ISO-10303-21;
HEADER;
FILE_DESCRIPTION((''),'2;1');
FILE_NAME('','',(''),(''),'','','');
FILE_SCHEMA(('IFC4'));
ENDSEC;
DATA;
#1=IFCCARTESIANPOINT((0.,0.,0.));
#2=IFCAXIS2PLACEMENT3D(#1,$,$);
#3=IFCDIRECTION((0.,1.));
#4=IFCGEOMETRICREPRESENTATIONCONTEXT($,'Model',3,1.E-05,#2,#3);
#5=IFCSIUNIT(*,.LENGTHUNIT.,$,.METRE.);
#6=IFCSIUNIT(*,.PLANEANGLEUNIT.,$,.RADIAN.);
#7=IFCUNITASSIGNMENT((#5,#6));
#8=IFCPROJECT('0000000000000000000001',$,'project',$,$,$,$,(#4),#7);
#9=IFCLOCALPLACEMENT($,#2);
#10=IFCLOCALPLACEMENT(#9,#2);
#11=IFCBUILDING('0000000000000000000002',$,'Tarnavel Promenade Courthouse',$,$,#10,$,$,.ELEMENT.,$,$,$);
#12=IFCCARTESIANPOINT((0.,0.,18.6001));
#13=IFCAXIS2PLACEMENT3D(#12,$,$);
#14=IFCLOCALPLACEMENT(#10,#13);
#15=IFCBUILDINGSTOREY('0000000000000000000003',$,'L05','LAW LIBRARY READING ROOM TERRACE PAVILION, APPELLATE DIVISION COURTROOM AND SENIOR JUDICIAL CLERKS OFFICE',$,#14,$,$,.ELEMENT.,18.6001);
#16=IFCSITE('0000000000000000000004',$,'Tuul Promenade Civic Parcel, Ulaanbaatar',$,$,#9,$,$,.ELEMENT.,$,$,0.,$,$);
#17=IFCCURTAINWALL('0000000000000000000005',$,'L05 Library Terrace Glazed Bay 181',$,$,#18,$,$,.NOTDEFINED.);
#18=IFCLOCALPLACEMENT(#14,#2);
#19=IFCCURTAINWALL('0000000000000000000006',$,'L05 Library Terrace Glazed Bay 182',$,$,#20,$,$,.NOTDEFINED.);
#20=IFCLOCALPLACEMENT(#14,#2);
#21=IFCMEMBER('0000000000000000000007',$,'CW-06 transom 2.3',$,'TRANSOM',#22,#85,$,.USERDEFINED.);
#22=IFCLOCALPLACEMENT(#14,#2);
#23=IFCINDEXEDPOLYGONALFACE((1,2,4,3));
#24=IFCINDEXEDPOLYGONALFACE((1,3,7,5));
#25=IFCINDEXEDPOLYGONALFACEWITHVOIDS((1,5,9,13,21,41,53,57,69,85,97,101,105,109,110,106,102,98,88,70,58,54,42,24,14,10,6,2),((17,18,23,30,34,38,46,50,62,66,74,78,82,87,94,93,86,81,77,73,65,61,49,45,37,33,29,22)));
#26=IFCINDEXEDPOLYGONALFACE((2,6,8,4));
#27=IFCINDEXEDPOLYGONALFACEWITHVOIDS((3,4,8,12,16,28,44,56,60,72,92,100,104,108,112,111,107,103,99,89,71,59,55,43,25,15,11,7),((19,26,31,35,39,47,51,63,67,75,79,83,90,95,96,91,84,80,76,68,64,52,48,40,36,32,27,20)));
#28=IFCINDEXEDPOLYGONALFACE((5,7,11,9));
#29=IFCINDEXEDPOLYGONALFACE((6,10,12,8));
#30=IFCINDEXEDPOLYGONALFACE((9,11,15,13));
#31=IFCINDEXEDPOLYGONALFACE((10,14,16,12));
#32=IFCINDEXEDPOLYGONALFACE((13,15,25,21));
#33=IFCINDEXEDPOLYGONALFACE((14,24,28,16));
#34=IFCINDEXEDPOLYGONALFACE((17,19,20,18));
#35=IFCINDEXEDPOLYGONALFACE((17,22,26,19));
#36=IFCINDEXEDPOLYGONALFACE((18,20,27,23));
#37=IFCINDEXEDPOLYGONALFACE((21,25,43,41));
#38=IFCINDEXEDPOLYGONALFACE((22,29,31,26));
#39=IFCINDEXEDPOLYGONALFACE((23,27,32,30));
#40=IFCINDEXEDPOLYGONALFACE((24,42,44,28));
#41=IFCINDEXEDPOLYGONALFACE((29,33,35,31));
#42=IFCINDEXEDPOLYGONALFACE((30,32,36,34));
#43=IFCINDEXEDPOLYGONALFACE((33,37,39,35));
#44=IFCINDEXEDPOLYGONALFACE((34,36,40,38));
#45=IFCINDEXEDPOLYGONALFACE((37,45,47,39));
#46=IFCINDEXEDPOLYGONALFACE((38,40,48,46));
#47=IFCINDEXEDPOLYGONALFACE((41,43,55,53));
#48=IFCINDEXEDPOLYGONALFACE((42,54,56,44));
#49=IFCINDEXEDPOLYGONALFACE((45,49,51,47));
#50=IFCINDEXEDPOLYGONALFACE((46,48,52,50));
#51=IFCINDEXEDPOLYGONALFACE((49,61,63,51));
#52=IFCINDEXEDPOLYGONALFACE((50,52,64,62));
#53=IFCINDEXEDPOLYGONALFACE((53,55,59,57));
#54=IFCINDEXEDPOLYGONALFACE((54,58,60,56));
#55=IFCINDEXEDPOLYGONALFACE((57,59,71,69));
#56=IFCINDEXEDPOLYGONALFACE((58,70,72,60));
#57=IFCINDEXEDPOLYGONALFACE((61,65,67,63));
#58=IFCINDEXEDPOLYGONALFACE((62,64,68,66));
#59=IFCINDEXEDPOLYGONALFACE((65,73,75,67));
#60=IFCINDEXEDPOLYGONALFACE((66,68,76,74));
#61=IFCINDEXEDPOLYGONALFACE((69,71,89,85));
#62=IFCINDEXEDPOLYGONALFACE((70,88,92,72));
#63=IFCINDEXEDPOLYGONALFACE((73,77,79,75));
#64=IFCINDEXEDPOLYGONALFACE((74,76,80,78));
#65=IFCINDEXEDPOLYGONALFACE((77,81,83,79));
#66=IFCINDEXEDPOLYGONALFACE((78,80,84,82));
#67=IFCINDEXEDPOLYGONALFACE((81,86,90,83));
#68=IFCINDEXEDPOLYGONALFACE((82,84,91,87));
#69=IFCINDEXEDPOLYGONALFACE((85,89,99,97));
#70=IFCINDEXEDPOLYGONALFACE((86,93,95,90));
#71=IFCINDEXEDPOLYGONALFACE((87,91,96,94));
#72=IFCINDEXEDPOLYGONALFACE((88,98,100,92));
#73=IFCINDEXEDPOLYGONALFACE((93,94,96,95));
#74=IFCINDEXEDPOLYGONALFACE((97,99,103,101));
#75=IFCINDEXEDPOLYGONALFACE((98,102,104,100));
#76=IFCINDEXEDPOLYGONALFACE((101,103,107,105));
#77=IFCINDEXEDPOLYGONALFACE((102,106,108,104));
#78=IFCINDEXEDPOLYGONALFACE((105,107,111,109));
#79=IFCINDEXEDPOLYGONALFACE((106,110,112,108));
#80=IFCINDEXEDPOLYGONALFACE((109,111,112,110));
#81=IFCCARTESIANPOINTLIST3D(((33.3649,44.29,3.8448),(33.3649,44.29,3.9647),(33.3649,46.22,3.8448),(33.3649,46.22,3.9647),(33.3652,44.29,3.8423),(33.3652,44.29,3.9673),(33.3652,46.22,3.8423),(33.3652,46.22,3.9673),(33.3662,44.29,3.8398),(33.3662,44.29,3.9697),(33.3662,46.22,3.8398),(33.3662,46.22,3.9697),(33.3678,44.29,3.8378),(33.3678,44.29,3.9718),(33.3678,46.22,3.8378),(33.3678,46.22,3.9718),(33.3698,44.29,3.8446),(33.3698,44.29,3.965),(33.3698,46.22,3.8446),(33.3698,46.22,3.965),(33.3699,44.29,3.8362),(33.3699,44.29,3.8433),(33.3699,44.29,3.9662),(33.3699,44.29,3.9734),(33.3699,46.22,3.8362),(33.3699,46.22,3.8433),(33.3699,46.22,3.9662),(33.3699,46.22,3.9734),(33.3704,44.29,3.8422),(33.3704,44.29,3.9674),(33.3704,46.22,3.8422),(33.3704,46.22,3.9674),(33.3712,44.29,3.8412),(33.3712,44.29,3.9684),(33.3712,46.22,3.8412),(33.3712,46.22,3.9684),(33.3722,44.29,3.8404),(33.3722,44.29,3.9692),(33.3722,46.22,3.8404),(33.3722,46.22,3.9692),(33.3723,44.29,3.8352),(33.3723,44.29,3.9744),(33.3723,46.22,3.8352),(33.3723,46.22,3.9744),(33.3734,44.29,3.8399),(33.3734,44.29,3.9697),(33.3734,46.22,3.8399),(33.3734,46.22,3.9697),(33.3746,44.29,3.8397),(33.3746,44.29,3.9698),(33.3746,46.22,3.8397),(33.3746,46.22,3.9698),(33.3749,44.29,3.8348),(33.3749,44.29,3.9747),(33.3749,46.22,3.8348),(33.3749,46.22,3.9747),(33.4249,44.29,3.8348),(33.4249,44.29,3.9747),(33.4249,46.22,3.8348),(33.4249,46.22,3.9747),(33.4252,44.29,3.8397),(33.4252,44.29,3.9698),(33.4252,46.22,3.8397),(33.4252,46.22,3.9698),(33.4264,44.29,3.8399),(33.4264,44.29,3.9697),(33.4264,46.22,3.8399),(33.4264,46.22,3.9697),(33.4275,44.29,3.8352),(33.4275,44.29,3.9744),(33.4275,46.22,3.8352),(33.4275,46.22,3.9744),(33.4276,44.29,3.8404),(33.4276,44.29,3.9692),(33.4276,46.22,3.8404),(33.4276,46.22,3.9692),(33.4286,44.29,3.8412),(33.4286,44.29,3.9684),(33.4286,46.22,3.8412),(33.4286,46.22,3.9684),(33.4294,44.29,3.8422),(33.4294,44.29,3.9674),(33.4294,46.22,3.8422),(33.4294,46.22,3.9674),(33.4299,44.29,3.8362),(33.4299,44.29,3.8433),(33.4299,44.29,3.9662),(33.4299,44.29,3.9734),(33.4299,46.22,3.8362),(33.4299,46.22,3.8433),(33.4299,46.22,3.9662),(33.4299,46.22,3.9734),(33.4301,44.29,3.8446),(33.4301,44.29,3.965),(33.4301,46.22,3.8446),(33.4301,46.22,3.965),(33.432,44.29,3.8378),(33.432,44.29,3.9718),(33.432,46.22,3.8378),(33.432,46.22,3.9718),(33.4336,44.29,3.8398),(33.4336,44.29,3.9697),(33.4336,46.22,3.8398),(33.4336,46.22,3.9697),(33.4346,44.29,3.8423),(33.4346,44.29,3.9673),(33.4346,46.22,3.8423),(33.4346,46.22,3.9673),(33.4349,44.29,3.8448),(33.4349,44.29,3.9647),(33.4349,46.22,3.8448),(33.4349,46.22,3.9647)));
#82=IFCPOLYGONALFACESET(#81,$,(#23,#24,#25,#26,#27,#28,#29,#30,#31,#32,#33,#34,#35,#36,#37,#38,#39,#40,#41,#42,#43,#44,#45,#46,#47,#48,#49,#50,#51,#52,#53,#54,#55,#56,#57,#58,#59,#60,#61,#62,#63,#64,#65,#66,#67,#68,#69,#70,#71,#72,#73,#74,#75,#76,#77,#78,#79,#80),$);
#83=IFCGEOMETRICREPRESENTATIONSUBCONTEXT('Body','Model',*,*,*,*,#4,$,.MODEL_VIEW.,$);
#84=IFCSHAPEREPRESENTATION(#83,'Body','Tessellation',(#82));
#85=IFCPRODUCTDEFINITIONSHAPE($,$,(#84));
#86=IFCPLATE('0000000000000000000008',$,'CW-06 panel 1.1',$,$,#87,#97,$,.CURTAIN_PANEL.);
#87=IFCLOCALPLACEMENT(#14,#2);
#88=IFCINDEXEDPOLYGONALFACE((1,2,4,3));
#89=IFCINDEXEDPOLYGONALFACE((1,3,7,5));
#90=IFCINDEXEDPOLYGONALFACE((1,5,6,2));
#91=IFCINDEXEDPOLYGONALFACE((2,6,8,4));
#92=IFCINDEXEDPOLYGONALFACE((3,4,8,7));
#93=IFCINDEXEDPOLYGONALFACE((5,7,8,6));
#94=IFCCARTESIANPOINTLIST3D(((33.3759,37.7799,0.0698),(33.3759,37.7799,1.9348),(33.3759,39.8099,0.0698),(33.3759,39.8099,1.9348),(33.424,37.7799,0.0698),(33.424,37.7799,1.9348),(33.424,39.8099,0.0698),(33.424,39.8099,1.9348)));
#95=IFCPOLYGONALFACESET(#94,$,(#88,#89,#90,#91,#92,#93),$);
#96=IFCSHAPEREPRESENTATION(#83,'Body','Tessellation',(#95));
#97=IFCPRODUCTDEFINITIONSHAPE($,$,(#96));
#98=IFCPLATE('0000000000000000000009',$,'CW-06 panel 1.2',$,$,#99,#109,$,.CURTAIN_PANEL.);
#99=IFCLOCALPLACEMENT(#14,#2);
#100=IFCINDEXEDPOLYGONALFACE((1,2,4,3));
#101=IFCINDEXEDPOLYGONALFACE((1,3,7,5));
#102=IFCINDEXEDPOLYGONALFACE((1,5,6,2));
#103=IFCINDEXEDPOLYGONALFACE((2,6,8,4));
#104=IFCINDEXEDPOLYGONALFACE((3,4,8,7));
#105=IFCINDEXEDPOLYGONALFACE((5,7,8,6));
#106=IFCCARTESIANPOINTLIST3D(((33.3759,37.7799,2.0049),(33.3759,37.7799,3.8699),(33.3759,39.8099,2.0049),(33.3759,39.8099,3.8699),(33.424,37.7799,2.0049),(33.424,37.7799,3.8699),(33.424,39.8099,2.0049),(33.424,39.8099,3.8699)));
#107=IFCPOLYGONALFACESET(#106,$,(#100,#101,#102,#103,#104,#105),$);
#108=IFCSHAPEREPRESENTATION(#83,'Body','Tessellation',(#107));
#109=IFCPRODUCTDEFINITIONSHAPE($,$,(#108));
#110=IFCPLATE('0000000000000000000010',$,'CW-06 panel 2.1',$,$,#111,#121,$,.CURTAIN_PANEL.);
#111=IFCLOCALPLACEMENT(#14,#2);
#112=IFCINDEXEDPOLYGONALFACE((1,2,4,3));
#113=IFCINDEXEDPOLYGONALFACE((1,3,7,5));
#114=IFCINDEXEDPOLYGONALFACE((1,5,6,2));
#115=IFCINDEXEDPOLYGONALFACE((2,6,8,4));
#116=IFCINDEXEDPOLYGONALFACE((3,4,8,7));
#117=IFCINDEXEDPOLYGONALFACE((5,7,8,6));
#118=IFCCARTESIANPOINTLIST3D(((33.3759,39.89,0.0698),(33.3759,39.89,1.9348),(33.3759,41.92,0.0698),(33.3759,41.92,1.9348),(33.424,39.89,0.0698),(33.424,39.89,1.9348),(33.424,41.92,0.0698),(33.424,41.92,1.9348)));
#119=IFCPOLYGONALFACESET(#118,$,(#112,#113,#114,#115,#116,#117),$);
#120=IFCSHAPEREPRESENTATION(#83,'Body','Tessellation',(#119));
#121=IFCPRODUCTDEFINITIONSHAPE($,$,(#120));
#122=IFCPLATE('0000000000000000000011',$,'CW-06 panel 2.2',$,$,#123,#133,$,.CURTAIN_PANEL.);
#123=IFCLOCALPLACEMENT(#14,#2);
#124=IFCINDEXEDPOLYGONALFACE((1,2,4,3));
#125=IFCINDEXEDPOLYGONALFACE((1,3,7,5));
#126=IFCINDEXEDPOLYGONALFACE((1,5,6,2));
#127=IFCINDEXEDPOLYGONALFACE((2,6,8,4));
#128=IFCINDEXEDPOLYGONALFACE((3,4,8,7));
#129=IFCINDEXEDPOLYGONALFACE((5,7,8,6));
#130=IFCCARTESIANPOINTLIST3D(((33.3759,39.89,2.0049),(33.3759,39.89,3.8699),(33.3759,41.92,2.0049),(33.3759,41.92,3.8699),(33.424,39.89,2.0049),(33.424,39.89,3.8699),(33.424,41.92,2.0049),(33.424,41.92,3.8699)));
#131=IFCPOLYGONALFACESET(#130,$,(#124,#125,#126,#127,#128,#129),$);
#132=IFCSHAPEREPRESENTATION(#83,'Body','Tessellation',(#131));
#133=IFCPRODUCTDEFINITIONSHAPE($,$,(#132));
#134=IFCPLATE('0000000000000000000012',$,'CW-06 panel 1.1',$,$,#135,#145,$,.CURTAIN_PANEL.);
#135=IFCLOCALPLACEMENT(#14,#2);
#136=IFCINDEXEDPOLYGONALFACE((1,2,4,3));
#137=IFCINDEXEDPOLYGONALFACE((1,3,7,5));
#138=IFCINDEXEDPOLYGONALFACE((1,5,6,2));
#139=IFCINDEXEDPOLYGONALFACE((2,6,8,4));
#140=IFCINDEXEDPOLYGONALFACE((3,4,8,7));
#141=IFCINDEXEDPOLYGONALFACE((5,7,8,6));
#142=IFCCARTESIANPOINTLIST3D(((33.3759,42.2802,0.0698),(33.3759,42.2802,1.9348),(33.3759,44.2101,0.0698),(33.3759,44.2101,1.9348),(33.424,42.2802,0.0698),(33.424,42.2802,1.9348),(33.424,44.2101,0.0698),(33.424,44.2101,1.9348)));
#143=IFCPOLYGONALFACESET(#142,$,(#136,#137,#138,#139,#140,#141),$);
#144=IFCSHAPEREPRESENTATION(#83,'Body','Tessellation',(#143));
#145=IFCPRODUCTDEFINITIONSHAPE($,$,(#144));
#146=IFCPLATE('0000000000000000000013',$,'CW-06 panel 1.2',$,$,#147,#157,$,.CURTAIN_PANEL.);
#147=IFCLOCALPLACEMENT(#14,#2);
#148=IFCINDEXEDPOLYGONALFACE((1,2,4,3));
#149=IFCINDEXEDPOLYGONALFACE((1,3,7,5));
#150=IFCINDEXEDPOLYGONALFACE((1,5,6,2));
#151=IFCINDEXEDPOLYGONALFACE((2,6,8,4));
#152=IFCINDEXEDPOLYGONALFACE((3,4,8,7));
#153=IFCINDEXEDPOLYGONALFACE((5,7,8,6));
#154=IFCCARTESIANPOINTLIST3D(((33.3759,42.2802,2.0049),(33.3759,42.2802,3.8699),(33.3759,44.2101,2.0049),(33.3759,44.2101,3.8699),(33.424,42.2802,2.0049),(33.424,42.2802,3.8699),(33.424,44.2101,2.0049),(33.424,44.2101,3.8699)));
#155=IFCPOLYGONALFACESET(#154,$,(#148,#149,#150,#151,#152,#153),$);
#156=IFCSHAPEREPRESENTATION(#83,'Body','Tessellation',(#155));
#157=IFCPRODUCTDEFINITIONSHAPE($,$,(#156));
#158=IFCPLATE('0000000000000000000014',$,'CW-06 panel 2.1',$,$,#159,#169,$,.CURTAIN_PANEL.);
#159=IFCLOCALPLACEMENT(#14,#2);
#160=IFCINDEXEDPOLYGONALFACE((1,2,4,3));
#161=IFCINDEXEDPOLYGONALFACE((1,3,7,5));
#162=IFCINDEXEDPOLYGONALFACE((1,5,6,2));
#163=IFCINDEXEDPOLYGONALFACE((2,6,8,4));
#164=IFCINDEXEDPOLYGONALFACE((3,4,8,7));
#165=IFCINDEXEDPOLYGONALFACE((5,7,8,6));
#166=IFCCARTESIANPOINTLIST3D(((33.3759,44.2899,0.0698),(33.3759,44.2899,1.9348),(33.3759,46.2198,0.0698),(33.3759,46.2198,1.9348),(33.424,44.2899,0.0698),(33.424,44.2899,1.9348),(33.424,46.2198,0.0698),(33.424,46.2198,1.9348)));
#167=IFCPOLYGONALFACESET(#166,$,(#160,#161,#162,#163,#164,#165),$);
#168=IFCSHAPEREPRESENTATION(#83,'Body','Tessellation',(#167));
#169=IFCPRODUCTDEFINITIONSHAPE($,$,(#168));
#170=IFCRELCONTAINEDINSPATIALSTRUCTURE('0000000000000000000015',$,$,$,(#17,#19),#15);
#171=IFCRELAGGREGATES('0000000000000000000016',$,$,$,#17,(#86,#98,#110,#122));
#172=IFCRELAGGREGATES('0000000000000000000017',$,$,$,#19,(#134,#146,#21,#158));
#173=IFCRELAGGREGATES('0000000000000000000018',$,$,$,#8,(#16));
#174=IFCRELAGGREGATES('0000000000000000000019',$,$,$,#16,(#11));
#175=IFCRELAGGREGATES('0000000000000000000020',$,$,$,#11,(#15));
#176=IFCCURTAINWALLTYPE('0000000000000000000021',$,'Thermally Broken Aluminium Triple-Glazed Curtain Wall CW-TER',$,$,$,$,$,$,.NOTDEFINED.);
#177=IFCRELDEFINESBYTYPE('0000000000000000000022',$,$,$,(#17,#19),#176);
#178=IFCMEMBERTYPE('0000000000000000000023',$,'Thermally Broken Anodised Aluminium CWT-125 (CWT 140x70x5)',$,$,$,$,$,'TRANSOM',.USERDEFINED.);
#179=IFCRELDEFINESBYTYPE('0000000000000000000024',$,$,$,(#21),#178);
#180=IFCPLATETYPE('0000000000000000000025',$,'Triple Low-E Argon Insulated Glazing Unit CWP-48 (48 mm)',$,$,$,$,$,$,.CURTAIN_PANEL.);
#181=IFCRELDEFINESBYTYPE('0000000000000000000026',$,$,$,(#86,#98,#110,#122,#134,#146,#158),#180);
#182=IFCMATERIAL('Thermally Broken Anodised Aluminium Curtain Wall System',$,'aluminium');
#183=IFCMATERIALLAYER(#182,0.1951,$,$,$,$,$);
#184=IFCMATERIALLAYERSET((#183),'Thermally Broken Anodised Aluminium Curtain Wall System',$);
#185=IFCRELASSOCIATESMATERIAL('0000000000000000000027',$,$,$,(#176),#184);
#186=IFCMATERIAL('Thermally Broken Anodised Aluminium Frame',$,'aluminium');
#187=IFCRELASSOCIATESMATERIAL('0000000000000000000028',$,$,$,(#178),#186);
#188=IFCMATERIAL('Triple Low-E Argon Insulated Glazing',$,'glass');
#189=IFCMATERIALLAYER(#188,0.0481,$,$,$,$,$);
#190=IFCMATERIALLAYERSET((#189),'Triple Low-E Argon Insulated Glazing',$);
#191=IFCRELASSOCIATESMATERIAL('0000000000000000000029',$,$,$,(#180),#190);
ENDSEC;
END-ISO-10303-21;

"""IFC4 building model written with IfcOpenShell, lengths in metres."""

from ifc_helpers import new_model, si_unit, direction, frame, origin, origin_2d, place, context, subcontext, project, spatial, rectangle, hollow_rectangle, extrude, material, layer, layer_set, material_profile, profile_set, type_object, element, aggregate, save


model = new_model("IFC4")

# Units and contexts
model_context = context("Model", 3, precision=1e-05, world=origin(), true_north=direction((0.0, 1.0)))
body_context = subcontext(model_context, "Body", "Model", "MODEL_VIEW")
ifc_project = project(units=[si_unit("LENGTHUNIT", "METRE"), si_unit("PLANEANGLEUNIT", "RADIAN")], contexts=[model_context])

# Site, building, storey
site_placement = place(None, origin())
site = spatial("IfcSite", under=ifc_project, at=site_placement, Name="Tuul Promenade Civic Parcel, Ulaanbaatar", CompositionType="ELEMENT", RefElevation=0.0)
building_placement = place(site_placement, origin())
building = spatial("IfcBuilding", under=site, at=building_placement, Name="Tarnavel Promenade Courthouse", CompositionType="ELEMENT")
storey_placement = place(building_placement, frame((0.0, 0.0, 18.6001)))
storey = spatial("IfcBuildingStorey", under=building, at=storey_placement, Name="L05", Description="LAW LIBRARY READING ROOM TERRACE PAVILION, APPELLATE DIVISION COURTROOM AND SENIOR JUDICIAL CLERKS OFFICE", CompositionType="ELEMENT", Elevation=18.6001)

# Curtain walls
ifc_material_1 = material(Name="Thermally Broken Anodised Aluminium Curtain Wall System", Category="aluminium")
ifc_layer_1 = layer(ifc_material_1, 0.1951)
ifc_layer_set_1 = layer_set([ifc_layer_1], Name="Thermally Broken Anodised Aluminium Curtain Wall System")
curtain_wall_type = type_object("IfcCurtainWallType", Name="Thermally Broken Aluminium Triple-Glazed Curtain Wall CW-TER", PredefinedType="NOTDEFINED", material=ifc_layer_set_1)
curtain_wall_1_placement = place(storey_placement, origin())
curtain_wall_1 = element("IfcCurtainWall", 1, at=curtain_wall_1_placement, inside=storey, type_object=curtain_wall_type, Name="L05 Library Terrace Glazed Bay 181", PredefinedType="NOTDEFINED")
ifc_material_2 = material(Name="Thermally Broken Anodised Aluminium Frame", Category="aluminium")
curtain_wall_2_placement = place(storey_placement, origin())
curtain_wall_2 = element("IfcCurtainWall", 2, at=curtain_wall_2_placement, inside=storey, type_object=curtain_wall_type, Name="L05 Library Terrace Glazed Bay 182", PredefinedType="NOTDEFINED")

# Member
ifc_material_profile_1 = material_profile(ifc_material_2, hollow_rectangle(XDim=0.0701, YDim=0.1399, WallThickness=0.0049, InnerFilletRadius=0.0049, OuterFilletRadius=0.01, at=origin_2d()), Name="CWT 140x70x5")
ifc_profile_set_1 = profile_set([ifc_material_profile_1], Name="Thermally Broken Anodised Aluminium Frame")
member_type_1 = type_object("IfcMemberType", Name="Thermally Broken Anodised Aluminium CWT-125 (CWT 140x70x5)", ElementType="TRANSOM", PredefinedType="USERDEFINED", material=ifc_profile_set_1)
member_1_placement = place(storey_placement, frame((33.3999, 44.29, 3.9048), z_axis=(0.0, 1.0, 0.0), x_axis=(-1.0, 0.0, 0.0)))
member_1 = element("IfcMember", 3, at=member_1_placement, type_object=member_type_1, Name="CW-06 transom 2.3", ObjectType="TRANSOM", PredefinedType="USERDEFINED", context=body_context, shape_type="SweptSolid", body=[
    extrude(hollow_rectangle(XDim=0.0701, YDim=0.1399, WallThickness=0.0049, InnerFilletRadius=0.0049, OuterFilletRadius=0.01, at=origin_2d()), origin(), (0.0, 0.0, 1.0), 1.9299),
])

# Plates
ifc_material_3 = material(Name="Triple Low-E Argon Insulated Glazing", Category="glass")
ifc_layer_2 = layer(ifc_material_3, 0.0481)
ifc_layer_set_2 = layer_set([ifc_layer_2], Name="Triple Low-E Argon Insulated Glazing")
plate_type = type_object("IfcPlateType", Name="Triple Low-E Argon Insulated Glazing Unit CWP-48 (48 mm)", PredefinedType="CURTAIN_PANEL", material=ifc_layer_set_2)
plate_1_placement = place(storey_placement, frame((33.3999, 38.7949, 0.0698), z_axis=(0.0, 0.0, 1.0), x_axis=(0.0, 1.0, 0.0)))
plate_1 = element("IfcPlate", 4, at=plate_1_placement, type_object=plate_type, Name="CW-06 panel 1.1", PredefinedType="CURTAIN_PANEL", context=body_context, shape_type="SweptSolid", body=[
    extrude(rectangle(XDim=2.03, YDim=0.0481, at=origin_2d()), origin(), (0.0, 0.0, 1.0), 1.865),
])
plate_2_placement = place(storey_placement, frame((33.3999, 38.7949, 2.0049), z_axis=(0.0, 0.0, 1.0), x_axis=(0.0, 1.0, 0.0)))
plate_2 = element("IfcPlate", 5, at=plate_2_placement, type_object=plate_type, Name="CW-06 panel 1.2", PredefinedType="CURTAIN_PANEL", context=body_context, shape_type="SweptSolid", body=[
    extrude(rectangle(XDim=2.03, YDim=0.0481, at=origin_2d()), origin(), (0.0, 0.0, 1.0), 1.865),
])
plate_3_placement = place(storey_placement, frame((33.3999, 40.905, 0.0698), z_axis=(0.0, 0.0, 1.0), x_axis=(0.0, 1.0, 0.0)))
plate_3 = element("IfcPlate", 6, at=plate_3_placement, type_object=plate_type, Name="CW-06 panel 2.1", PredefinedType="CURTAIN_PANEL", context=body_context, shape_type="SweptSolid", body=[
    extrude(rectangle(XDim=2.03, YDim=0.0481, at=origin_2d()), origin(), (0.0, 0.0, 1.0), 1.865),
])
plate_4_placement = place(storey_placement, frame((33.3999, 40.905, 2.0049), z_axis=(0.0, 0.0, 1.0), x_axis=(0.0, 1.0, 0.0)))
plate_4 = element("IfcPlate", 7, at=plate_4_placement, type_object=plate_type, Name="CW-06 panel 2.2", PredefinedType="CURTAIN_PANEL", context=body_context, shape_type="SweptSolid", body=[
    extrude(rectangle(XDim=2.03, YDim=0.0481, at=origin_2d()), origin(), (0.0, 0.0, 1.0), 1.865),
])
aggregate(curtain_wall_1, [plate_1, plate_2, plate_3, plate_4])
plate_5_placement = place(storey_placement, frame((33.3999, 43.2451, 0.0698), z_axis=(0.0, 0.0, 1.0), x_axis=(0.0, 1.0, 0.0)))
plate_5 = element("IfcPlate", 8, at=plate_5_placement, type_object=plate_type, Name="CW-06 panel 1.1", PredefinedType="CURTAIN_PANEL", context=body_context, shape_type="SweptSolid", body=[
    extrude(rectangle(XDim=1.9299, YDim=0.0481, at=origin_2d()), origin(), (0.0, 0.0, 1.0), 1.865),
])
plate_6_placement = place(storey_placement, frame((33.3999, 43.2451, 2.0049), z_axis=(0.0, 0.0, 1.0), x_axis=(0.0, 1.0, 0.0)))
plate_6 = element("IfcPlate", 9, at=plate_6_placement, type_object=plate_type, Name="CW-06 panel 1.2", PredefinedType="CURTAIN_PANEL", context=body_context, shape_type="SweptSolid", body=[
    extrude(rectangle(XDim=1.9299, YDim=0.0481, at=origin_2d()), origin(), (0.0, 0.0, 1.0), 1.865),
])
plate_7_placement = place(storey_placement, frame((33.3999, 45.2549, 0.0698), z_axis=(0.0, 0.0, 1.0), x_axis=(0.0, 1.0, 0.0)))
plate_7 = element("IfcPlate", 10, at=plate_7_placement, type_object=plate_type, Name="CW-06 panel 2.1", PredefinedType="CURTAIN_PANEL", context=body_context, shape_type="SweptSolid", body=[
    extrude(rectangle(XDim=1.9299, YDim=0.0481, at=origin_2d()), origin(), (0.0, 0.0, 1.0), 1.865),
])
aggregate(curtain_wall_2, [plate_5, plate_6, member_1, plate_7])

save(model, "model.ifc")
